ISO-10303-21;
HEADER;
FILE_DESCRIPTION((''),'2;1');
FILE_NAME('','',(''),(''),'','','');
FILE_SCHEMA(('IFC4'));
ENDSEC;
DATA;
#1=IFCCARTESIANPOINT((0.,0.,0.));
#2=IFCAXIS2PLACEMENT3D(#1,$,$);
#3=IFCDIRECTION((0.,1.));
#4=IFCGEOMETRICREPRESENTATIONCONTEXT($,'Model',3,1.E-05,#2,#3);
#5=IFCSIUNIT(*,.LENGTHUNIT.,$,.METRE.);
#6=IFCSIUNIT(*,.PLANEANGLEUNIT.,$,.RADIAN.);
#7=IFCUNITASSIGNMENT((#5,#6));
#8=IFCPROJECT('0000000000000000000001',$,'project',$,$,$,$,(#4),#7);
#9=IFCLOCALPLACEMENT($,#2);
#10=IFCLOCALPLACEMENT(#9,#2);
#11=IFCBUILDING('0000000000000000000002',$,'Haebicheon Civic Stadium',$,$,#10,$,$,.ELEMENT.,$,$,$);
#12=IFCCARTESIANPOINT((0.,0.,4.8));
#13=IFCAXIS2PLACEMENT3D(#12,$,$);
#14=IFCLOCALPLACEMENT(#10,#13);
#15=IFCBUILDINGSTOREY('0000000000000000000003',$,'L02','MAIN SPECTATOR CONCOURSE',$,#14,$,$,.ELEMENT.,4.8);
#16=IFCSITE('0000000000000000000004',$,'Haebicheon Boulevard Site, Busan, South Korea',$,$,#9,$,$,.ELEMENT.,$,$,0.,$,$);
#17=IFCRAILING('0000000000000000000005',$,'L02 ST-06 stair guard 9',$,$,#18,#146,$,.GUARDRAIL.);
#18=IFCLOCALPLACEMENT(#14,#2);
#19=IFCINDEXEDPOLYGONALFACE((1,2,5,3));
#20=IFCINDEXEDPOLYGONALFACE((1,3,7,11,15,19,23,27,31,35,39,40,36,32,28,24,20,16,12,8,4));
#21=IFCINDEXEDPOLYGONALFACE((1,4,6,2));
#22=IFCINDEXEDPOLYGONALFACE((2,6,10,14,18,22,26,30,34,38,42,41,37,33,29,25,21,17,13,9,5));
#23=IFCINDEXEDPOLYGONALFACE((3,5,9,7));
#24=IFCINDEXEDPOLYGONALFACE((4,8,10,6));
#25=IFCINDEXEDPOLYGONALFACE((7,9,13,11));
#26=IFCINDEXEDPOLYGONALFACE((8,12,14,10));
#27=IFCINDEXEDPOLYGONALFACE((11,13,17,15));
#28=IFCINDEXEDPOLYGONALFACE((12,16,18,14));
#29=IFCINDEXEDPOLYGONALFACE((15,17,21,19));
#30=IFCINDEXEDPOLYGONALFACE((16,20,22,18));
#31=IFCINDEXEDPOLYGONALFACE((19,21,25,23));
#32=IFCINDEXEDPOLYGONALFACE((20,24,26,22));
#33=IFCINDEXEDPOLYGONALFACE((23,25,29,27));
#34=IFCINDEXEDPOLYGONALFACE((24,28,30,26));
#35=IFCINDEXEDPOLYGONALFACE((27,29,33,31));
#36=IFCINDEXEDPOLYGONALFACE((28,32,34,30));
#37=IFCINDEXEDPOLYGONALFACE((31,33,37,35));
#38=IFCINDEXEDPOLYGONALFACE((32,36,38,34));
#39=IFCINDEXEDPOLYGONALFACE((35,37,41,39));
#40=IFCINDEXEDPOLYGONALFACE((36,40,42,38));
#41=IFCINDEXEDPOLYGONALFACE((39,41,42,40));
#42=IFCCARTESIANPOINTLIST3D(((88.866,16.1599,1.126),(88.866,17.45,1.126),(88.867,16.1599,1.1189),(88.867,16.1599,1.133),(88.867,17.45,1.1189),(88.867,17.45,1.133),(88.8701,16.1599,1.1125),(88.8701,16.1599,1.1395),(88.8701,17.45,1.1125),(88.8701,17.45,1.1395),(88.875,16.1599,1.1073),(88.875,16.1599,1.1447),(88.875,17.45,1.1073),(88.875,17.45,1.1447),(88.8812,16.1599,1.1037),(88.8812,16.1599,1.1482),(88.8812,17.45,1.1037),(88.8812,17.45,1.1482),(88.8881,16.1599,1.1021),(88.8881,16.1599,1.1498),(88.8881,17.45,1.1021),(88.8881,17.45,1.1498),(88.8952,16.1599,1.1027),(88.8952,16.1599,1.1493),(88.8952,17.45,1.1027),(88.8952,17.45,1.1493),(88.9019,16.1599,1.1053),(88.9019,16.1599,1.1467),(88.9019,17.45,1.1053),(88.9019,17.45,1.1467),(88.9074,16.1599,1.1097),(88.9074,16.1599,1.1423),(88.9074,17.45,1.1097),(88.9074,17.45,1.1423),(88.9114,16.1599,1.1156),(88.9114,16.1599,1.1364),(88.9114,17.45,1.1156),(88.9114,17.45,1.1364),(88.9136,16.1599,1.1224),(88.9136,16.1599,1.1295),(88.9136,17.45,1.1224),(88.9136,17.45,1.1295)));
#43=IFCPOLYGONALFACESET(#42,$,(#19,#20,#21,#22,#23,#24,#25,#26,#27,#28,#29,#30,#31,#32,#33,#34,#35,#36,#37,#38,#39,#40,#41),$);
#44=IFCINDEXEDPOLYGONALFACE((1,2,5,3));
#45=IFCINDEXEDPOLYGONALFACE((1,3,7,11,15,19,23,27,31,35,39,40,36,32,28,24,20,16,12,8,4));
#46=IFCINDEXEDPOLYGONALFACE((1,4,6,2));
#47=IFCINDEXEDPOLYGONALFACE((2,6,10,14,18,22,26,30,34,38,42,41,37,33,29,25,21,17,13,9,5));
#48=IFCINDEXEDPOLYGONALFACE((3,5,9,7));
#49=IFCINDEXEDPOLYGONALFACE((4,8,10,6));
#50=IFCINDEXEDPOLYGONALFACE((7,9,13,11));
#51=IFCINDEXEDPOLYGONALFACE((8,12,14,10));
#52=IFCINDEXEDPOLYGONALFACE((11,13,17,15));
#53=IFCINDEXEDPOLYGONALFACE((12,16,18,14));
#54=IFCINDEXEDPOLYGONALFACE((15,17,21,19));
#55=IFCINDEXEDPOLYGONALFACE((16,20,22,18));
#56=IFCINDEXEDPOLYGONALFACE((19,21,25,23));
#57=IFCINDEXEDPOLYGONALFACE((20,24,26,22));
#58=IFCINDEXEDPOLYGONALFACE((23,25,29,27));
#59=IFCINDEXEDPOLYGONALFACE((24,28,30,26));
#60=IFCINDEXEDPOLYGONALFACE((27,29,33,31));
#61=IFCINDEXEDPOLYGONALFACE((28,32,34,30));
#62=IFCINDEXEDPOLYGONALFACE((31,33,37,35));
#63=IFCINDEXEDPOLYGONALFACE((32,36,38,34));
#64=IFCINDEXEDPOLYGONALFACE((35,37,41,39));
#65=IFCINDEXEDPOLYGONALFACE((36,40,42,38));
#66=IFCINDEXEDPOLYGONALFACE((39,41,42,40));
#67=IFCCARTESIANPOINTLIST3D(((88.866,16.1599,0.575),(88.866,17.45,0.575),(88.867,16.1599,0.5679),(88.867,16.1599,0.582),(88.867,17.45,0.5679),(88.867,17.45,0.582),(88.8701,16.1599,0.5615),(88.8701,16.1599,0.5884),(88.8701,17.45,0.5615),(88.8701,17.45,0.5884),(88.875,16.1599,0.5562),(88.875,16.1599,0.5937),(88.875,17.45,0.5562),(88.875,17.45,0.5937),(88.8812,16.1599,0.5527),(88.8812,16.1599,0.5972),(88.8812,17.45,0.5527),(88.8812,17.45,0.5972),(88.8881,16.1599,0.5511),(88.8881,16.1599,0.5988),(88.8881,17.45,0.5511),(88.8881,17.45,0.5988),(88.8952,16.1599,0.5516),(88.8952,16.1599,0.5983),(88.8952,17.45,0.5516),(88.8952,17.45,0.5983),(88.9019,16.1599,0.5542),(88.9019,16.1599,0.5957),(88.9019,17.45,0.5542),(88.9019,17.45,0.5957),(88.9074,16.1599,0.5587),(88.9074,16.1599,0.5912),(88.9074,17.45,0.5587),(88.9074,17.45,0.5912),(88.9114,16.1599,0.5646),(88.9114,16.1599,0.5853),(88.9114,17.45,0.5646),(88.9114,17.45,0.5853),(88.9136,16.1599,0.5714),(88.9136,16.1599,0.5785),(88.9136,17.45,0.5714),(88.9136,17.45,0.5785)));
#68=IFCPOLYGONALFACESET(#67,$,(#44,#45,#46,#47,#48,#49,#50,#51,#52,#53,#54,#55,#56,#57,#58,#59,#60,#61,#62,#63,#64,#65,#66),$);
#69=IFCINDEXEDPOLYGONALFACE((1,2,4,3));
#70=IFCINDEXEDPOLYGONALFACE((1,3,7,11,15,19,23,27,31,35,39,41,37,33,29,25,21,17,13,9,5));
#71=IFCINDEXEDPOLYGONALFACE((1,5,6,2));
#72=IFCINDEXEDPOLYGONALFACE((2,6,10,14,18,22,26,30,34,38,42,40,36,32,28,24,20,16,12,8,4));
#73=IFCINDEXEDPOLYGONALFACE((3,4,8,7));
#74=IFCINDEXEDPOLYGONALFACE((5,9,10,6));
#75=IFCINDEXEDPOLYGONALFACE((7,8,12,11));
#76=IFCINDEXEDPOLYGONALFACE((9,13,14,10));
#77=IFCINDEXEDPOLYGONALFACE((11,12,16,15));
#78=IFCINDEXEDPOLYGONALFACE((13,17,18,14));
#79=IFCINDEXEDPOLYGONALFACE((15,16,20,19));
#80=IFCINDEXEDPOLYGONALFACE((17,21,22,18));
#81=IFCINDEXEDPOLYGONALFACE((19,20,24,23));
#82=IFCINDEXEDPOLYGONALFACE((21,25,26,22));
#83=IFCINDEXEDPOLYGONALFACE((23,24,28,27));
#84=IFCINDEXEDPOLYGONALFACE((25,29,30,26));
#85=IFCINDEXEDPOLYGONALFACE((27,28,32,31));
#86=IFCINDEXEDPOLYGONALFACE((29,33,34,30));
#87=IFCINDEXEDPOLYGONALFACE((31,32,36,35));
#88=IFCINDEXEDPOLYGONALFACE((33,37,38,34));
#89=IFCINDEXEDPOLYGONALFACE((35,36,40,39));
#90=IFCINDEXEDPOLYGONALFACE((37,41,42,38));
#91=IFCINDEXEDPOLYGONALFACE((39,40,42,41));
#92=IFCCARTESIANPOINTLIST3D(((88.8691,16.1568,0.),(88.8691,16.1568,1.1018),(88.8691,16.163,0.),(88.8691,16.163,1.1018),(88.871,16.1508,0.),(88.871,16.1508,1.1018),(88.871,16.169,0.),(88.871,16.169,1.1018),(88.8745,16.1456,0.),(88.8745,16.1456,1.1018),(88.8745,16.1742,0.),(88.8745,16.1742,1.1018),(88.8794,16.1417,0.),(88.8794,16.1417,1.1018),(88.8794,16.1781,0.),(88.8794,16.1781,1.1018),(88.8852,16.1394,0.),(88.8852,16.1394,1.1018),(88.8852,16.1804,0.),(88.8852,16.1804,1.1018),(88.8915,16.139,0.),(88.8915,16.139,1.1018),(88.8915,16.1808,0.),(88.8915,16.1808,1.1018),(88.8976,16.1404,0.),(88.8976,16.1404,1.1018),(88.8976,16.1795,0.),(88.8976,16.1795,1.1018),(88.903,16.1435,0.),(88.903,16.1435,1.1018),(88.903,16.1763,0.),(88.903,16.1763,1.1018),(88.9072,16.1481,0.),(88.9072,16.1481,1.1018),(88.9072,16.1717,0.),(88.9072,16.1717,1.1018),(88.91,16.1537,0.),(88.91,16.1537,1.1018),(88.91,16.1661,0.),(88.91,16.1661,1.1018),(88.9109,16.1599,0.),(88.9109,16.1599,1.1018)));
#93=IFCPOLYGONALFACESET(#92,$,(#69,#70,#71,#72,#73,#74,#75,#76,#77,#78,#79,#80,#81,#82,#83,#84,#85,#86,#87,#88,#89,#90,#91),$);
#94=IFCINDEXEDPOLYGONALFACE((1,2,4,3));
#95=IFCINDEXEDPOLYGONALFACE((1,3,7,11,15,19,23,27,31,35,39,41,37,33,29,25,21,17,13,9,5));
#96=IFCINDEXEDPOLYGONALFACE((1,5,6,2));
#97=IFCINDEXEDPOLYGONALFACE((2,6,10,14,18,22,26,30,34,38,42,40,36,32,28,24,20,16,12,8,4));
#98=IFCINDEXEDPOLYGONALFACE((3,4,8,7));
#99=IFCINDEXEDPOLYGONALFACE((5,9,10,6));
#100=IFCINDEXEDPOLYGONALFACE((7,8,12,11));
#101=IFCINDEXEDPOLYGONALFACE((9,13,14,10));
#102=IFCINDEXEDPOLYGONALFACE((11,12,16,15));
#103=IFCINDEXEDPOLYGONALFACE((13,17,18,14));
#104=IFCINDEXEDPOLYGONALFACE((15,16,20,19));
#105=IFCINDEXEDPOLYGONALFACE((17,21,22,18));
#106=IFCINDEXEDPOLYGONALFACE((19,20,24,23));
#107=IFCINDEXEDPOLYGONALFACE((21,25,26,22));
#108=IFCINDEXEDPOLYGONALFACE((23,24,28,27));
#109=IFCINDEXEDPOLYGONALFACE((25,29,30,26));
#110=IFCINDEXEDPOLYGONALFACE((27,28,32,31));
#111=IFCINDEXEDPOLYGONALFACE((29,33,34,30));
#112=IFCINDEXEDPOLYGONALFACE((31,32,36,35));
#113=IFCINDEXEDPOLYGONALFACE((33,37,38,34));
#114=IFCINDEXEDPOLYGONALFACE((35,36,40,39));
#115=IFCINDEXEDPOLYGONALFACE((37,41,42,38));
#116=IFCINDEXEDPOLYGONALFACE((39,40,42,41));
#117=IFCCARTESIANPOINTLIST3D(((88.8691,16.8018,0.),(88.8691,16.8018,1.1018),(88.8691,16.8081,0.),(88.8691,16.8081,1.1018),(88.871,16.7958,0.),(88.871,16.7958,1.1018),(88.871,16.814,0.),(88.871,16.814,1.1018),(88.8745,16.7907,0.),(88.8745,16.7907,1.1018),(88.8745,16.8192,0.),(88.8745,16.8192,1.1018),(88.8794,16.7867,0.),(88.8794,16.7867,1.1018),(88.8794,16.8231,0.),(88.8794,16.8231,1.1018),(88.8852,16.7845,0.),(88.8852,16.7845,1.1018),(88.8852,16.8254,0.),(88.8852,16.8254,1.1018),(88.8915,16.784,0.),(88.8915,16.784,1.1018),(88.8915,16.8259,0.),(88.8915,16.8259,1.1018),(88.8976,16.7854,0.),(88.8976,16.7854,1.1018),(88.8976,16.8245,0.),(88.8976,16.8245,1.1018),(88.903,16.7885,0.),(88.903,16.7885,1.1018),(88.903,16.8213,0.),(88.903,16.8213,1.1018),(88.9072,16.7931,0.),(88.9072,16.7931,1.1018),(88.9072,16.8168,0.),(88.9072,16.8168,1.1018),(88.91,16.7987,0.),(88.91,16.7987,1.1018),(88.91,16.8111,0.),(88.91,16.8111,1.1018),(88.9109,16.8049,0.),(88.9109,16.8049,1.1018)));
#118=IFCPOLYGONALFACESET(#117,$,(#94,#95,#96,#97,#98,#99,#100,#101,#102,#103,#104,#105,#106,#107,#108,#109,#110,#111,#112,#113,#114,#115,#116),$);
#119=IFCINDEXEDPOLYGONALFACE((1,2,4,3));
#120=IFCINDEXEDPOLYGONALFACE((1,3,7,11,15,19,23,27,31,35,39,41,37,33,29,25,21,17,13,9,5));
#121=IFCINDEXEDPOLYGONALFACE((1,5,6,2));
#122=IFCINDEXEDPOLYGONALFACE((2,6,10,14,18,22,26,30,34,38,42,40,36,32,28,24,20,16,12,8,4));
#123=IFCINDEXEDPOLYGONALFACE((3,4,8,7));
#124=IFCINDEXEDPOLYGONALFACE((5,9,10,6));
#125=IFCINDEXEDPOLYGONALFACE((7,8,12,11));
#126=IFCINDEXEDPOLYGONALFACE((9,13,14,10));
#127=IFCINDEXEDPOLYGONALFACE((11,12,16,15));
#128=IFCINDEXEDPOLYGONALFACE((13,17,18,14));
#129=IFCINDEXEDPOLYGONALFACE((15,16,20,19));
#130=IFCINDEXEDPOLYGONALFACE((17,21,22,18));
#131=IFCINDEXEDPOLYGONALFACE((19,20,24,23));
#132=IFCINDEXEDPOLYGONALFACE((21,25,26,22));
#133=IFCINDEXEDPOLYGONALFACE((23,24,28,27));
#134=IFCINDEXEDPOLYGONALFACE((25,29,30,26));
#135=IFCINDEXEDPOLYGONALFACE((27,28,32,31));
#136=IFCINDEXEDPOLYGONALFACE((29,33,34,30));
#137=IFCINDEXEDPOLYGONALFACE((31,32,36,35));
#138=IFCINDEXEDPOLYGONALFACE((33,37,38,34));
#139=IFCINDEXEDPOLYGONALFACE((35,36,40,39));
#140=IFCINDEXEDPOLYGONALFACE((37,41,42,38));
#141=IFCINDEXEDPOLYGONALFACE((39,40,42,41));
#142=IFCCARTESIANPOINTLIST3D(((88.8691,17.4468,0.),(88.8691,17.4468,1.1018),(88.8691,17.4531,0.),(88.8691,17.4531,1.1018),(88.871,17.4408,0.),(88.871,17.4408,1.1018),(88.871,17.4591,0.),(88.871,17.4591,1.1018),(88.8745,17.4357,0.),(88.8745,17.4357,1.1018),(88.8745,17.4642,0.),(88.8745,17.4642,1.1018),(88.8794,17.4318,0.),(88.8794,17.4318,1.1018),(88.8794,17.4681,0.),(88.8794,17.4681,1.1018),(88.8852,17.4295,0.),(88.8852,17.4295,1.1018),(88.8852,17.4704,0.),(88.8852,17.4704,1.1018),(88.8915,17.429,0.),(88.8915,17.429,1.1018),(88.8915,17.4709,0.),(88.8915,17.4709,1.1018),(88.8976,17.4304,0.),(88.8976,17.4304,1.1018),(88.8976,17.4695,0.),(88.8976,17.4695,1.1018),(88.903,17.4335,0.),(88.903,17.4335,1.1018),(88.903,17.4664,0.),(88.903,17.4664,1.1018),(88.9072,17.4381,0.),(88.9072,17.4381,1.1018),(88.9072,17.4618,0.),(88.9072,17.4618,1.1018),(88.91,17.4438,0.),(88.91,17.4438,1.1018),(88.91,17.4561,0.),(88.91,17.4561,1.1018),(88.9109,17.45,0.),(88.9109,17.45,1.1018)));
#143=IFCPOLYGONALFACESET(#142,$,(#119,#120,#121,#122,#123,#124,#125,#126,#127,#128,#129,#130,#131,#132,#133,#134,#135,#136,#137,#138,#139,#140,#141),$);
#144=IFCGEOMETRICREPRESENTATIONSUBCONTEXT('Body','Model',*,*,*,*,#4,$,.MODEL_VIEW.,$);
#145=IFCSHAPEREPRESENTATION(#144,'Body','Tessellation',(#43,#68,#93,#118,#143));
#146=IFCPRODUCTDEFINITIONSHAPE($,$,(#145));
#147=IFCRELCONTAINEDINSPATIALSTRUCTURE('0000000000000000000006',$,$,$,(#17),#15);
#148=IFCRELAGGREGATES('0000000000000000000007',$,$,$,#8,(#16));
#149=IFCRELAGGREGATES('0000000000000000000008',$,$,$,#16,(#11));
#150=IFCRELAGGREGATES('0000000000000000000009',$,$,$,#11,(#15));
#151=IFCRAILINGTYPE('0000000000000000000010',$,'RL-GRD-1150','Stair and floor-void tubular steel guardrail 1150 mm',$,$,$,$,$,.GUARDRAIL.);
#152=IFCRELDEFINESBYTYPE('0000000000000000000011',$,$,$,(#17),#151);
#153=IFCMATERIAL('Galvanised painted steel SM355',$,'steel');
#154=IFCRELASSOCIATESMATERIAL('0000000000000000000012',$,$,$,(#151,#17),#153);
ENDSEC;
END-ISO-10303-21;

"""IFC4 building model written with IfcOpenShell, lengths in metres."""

from ifc_helpers import new_model, si_unit, direction, frame, origin, origin_2d, place, context, subcontext, project, spatial, circle, extrude, material, type_object, element, save


model = new_model("IFC4")

# Units and contexts
model_context = context("Model", 3, precision=1e-05, world=origin(), true_north=direction((0.0, 1.0)))
body_context = subcontext(model_context, "Body", "Model", "MODEL_VIEW")
ifc_project = project(units=[si_unit("LENGTHUNIT", "METRE"), si_unit("PLANEANGLEUNIT", "RADIAN")], contexts=[model_context])

# Site, building, storey
site_placement = place(None, origin())
site = spatial("IfcSite", under=ifc_project, at=site_placement, Name="Haebicheon Boulevard Site, Busan, South Korea", CompositionType="ELEMENT", RefElevation=0.0)
building_placement = place(site_placement, origin())
building = spatial("IfcBuilding", under=site, at=building_placement, Name="Haebicheon Civic Stadium", CompositionType="ELEMENT")
storey_placement = place(building_placement, frame((0.0, 0.0, 4.8)))
storey = spatial("IfcBuildingStorey", under=building, at=storey_placement, Name="L02", Description="MAIN SPECTATOR CONCOURSE", CompositionType="ELEMENT", Elevation=4.8)

# Railing
ifc_material_1 = material(Name="Galvanised painted steel SM355", Category="steel")
railing_type_1 = type_object("IfcRailingType", Name="RL-GRD-1150", Description="Stair and floor-void tubular steel guardrail 1150 mm", PredefinedType="GUARDRAIL", material=ifc_material_1)
railing_1_placement = place(storey_placement, frame((88.8899, 16.1599, 0.0)))
element("IfcRailing", 1, at=railing_1_placement, inside=storey, type_object=railing_type_1, material=ifc_material_1, Name="L02 ST-06 stair guard 9", PredefinedType="GUARDRAIL", context=body_context, shape_type="SweptSolid", body=[
    extrude(circle(Radius=0.0239, at=origin_2d()), frame((0.0, 0.0, 1.126), z_axis=(0.0, 1.0, 0.0), x_axis=(-1.0, 0.0, 0.0)), (0.0, 0.0, 1.0), 1.29),
    extrude(circle(Radius=0.0239, at=origin_2d()), frame((0.0, 0.0, 0.575), z_axis=(0.0, 1.0, 0.0), x_axis=(-1.0, 0.0, 0.0)), (0.0, 0.0, 1.0), 1.29),
    extrude(circle(Radius=0.021, at=origin_2d()), origin(), (0.0, 0.0, 1.0), 1.1018),
    extrude(circle(Radius=0.021, at=origin_2d()), frame((0.0, 0.645, 0.0)), (0.0, 0.0, 1.0), 1.1018),
    extrude(circle(Radius=0.021, at=origin_2d()), frame((0.0, 1.29, 0.0)), (0.0, 0.0, 1.0), 1.1018),
])

save(model, "model.ifc")
